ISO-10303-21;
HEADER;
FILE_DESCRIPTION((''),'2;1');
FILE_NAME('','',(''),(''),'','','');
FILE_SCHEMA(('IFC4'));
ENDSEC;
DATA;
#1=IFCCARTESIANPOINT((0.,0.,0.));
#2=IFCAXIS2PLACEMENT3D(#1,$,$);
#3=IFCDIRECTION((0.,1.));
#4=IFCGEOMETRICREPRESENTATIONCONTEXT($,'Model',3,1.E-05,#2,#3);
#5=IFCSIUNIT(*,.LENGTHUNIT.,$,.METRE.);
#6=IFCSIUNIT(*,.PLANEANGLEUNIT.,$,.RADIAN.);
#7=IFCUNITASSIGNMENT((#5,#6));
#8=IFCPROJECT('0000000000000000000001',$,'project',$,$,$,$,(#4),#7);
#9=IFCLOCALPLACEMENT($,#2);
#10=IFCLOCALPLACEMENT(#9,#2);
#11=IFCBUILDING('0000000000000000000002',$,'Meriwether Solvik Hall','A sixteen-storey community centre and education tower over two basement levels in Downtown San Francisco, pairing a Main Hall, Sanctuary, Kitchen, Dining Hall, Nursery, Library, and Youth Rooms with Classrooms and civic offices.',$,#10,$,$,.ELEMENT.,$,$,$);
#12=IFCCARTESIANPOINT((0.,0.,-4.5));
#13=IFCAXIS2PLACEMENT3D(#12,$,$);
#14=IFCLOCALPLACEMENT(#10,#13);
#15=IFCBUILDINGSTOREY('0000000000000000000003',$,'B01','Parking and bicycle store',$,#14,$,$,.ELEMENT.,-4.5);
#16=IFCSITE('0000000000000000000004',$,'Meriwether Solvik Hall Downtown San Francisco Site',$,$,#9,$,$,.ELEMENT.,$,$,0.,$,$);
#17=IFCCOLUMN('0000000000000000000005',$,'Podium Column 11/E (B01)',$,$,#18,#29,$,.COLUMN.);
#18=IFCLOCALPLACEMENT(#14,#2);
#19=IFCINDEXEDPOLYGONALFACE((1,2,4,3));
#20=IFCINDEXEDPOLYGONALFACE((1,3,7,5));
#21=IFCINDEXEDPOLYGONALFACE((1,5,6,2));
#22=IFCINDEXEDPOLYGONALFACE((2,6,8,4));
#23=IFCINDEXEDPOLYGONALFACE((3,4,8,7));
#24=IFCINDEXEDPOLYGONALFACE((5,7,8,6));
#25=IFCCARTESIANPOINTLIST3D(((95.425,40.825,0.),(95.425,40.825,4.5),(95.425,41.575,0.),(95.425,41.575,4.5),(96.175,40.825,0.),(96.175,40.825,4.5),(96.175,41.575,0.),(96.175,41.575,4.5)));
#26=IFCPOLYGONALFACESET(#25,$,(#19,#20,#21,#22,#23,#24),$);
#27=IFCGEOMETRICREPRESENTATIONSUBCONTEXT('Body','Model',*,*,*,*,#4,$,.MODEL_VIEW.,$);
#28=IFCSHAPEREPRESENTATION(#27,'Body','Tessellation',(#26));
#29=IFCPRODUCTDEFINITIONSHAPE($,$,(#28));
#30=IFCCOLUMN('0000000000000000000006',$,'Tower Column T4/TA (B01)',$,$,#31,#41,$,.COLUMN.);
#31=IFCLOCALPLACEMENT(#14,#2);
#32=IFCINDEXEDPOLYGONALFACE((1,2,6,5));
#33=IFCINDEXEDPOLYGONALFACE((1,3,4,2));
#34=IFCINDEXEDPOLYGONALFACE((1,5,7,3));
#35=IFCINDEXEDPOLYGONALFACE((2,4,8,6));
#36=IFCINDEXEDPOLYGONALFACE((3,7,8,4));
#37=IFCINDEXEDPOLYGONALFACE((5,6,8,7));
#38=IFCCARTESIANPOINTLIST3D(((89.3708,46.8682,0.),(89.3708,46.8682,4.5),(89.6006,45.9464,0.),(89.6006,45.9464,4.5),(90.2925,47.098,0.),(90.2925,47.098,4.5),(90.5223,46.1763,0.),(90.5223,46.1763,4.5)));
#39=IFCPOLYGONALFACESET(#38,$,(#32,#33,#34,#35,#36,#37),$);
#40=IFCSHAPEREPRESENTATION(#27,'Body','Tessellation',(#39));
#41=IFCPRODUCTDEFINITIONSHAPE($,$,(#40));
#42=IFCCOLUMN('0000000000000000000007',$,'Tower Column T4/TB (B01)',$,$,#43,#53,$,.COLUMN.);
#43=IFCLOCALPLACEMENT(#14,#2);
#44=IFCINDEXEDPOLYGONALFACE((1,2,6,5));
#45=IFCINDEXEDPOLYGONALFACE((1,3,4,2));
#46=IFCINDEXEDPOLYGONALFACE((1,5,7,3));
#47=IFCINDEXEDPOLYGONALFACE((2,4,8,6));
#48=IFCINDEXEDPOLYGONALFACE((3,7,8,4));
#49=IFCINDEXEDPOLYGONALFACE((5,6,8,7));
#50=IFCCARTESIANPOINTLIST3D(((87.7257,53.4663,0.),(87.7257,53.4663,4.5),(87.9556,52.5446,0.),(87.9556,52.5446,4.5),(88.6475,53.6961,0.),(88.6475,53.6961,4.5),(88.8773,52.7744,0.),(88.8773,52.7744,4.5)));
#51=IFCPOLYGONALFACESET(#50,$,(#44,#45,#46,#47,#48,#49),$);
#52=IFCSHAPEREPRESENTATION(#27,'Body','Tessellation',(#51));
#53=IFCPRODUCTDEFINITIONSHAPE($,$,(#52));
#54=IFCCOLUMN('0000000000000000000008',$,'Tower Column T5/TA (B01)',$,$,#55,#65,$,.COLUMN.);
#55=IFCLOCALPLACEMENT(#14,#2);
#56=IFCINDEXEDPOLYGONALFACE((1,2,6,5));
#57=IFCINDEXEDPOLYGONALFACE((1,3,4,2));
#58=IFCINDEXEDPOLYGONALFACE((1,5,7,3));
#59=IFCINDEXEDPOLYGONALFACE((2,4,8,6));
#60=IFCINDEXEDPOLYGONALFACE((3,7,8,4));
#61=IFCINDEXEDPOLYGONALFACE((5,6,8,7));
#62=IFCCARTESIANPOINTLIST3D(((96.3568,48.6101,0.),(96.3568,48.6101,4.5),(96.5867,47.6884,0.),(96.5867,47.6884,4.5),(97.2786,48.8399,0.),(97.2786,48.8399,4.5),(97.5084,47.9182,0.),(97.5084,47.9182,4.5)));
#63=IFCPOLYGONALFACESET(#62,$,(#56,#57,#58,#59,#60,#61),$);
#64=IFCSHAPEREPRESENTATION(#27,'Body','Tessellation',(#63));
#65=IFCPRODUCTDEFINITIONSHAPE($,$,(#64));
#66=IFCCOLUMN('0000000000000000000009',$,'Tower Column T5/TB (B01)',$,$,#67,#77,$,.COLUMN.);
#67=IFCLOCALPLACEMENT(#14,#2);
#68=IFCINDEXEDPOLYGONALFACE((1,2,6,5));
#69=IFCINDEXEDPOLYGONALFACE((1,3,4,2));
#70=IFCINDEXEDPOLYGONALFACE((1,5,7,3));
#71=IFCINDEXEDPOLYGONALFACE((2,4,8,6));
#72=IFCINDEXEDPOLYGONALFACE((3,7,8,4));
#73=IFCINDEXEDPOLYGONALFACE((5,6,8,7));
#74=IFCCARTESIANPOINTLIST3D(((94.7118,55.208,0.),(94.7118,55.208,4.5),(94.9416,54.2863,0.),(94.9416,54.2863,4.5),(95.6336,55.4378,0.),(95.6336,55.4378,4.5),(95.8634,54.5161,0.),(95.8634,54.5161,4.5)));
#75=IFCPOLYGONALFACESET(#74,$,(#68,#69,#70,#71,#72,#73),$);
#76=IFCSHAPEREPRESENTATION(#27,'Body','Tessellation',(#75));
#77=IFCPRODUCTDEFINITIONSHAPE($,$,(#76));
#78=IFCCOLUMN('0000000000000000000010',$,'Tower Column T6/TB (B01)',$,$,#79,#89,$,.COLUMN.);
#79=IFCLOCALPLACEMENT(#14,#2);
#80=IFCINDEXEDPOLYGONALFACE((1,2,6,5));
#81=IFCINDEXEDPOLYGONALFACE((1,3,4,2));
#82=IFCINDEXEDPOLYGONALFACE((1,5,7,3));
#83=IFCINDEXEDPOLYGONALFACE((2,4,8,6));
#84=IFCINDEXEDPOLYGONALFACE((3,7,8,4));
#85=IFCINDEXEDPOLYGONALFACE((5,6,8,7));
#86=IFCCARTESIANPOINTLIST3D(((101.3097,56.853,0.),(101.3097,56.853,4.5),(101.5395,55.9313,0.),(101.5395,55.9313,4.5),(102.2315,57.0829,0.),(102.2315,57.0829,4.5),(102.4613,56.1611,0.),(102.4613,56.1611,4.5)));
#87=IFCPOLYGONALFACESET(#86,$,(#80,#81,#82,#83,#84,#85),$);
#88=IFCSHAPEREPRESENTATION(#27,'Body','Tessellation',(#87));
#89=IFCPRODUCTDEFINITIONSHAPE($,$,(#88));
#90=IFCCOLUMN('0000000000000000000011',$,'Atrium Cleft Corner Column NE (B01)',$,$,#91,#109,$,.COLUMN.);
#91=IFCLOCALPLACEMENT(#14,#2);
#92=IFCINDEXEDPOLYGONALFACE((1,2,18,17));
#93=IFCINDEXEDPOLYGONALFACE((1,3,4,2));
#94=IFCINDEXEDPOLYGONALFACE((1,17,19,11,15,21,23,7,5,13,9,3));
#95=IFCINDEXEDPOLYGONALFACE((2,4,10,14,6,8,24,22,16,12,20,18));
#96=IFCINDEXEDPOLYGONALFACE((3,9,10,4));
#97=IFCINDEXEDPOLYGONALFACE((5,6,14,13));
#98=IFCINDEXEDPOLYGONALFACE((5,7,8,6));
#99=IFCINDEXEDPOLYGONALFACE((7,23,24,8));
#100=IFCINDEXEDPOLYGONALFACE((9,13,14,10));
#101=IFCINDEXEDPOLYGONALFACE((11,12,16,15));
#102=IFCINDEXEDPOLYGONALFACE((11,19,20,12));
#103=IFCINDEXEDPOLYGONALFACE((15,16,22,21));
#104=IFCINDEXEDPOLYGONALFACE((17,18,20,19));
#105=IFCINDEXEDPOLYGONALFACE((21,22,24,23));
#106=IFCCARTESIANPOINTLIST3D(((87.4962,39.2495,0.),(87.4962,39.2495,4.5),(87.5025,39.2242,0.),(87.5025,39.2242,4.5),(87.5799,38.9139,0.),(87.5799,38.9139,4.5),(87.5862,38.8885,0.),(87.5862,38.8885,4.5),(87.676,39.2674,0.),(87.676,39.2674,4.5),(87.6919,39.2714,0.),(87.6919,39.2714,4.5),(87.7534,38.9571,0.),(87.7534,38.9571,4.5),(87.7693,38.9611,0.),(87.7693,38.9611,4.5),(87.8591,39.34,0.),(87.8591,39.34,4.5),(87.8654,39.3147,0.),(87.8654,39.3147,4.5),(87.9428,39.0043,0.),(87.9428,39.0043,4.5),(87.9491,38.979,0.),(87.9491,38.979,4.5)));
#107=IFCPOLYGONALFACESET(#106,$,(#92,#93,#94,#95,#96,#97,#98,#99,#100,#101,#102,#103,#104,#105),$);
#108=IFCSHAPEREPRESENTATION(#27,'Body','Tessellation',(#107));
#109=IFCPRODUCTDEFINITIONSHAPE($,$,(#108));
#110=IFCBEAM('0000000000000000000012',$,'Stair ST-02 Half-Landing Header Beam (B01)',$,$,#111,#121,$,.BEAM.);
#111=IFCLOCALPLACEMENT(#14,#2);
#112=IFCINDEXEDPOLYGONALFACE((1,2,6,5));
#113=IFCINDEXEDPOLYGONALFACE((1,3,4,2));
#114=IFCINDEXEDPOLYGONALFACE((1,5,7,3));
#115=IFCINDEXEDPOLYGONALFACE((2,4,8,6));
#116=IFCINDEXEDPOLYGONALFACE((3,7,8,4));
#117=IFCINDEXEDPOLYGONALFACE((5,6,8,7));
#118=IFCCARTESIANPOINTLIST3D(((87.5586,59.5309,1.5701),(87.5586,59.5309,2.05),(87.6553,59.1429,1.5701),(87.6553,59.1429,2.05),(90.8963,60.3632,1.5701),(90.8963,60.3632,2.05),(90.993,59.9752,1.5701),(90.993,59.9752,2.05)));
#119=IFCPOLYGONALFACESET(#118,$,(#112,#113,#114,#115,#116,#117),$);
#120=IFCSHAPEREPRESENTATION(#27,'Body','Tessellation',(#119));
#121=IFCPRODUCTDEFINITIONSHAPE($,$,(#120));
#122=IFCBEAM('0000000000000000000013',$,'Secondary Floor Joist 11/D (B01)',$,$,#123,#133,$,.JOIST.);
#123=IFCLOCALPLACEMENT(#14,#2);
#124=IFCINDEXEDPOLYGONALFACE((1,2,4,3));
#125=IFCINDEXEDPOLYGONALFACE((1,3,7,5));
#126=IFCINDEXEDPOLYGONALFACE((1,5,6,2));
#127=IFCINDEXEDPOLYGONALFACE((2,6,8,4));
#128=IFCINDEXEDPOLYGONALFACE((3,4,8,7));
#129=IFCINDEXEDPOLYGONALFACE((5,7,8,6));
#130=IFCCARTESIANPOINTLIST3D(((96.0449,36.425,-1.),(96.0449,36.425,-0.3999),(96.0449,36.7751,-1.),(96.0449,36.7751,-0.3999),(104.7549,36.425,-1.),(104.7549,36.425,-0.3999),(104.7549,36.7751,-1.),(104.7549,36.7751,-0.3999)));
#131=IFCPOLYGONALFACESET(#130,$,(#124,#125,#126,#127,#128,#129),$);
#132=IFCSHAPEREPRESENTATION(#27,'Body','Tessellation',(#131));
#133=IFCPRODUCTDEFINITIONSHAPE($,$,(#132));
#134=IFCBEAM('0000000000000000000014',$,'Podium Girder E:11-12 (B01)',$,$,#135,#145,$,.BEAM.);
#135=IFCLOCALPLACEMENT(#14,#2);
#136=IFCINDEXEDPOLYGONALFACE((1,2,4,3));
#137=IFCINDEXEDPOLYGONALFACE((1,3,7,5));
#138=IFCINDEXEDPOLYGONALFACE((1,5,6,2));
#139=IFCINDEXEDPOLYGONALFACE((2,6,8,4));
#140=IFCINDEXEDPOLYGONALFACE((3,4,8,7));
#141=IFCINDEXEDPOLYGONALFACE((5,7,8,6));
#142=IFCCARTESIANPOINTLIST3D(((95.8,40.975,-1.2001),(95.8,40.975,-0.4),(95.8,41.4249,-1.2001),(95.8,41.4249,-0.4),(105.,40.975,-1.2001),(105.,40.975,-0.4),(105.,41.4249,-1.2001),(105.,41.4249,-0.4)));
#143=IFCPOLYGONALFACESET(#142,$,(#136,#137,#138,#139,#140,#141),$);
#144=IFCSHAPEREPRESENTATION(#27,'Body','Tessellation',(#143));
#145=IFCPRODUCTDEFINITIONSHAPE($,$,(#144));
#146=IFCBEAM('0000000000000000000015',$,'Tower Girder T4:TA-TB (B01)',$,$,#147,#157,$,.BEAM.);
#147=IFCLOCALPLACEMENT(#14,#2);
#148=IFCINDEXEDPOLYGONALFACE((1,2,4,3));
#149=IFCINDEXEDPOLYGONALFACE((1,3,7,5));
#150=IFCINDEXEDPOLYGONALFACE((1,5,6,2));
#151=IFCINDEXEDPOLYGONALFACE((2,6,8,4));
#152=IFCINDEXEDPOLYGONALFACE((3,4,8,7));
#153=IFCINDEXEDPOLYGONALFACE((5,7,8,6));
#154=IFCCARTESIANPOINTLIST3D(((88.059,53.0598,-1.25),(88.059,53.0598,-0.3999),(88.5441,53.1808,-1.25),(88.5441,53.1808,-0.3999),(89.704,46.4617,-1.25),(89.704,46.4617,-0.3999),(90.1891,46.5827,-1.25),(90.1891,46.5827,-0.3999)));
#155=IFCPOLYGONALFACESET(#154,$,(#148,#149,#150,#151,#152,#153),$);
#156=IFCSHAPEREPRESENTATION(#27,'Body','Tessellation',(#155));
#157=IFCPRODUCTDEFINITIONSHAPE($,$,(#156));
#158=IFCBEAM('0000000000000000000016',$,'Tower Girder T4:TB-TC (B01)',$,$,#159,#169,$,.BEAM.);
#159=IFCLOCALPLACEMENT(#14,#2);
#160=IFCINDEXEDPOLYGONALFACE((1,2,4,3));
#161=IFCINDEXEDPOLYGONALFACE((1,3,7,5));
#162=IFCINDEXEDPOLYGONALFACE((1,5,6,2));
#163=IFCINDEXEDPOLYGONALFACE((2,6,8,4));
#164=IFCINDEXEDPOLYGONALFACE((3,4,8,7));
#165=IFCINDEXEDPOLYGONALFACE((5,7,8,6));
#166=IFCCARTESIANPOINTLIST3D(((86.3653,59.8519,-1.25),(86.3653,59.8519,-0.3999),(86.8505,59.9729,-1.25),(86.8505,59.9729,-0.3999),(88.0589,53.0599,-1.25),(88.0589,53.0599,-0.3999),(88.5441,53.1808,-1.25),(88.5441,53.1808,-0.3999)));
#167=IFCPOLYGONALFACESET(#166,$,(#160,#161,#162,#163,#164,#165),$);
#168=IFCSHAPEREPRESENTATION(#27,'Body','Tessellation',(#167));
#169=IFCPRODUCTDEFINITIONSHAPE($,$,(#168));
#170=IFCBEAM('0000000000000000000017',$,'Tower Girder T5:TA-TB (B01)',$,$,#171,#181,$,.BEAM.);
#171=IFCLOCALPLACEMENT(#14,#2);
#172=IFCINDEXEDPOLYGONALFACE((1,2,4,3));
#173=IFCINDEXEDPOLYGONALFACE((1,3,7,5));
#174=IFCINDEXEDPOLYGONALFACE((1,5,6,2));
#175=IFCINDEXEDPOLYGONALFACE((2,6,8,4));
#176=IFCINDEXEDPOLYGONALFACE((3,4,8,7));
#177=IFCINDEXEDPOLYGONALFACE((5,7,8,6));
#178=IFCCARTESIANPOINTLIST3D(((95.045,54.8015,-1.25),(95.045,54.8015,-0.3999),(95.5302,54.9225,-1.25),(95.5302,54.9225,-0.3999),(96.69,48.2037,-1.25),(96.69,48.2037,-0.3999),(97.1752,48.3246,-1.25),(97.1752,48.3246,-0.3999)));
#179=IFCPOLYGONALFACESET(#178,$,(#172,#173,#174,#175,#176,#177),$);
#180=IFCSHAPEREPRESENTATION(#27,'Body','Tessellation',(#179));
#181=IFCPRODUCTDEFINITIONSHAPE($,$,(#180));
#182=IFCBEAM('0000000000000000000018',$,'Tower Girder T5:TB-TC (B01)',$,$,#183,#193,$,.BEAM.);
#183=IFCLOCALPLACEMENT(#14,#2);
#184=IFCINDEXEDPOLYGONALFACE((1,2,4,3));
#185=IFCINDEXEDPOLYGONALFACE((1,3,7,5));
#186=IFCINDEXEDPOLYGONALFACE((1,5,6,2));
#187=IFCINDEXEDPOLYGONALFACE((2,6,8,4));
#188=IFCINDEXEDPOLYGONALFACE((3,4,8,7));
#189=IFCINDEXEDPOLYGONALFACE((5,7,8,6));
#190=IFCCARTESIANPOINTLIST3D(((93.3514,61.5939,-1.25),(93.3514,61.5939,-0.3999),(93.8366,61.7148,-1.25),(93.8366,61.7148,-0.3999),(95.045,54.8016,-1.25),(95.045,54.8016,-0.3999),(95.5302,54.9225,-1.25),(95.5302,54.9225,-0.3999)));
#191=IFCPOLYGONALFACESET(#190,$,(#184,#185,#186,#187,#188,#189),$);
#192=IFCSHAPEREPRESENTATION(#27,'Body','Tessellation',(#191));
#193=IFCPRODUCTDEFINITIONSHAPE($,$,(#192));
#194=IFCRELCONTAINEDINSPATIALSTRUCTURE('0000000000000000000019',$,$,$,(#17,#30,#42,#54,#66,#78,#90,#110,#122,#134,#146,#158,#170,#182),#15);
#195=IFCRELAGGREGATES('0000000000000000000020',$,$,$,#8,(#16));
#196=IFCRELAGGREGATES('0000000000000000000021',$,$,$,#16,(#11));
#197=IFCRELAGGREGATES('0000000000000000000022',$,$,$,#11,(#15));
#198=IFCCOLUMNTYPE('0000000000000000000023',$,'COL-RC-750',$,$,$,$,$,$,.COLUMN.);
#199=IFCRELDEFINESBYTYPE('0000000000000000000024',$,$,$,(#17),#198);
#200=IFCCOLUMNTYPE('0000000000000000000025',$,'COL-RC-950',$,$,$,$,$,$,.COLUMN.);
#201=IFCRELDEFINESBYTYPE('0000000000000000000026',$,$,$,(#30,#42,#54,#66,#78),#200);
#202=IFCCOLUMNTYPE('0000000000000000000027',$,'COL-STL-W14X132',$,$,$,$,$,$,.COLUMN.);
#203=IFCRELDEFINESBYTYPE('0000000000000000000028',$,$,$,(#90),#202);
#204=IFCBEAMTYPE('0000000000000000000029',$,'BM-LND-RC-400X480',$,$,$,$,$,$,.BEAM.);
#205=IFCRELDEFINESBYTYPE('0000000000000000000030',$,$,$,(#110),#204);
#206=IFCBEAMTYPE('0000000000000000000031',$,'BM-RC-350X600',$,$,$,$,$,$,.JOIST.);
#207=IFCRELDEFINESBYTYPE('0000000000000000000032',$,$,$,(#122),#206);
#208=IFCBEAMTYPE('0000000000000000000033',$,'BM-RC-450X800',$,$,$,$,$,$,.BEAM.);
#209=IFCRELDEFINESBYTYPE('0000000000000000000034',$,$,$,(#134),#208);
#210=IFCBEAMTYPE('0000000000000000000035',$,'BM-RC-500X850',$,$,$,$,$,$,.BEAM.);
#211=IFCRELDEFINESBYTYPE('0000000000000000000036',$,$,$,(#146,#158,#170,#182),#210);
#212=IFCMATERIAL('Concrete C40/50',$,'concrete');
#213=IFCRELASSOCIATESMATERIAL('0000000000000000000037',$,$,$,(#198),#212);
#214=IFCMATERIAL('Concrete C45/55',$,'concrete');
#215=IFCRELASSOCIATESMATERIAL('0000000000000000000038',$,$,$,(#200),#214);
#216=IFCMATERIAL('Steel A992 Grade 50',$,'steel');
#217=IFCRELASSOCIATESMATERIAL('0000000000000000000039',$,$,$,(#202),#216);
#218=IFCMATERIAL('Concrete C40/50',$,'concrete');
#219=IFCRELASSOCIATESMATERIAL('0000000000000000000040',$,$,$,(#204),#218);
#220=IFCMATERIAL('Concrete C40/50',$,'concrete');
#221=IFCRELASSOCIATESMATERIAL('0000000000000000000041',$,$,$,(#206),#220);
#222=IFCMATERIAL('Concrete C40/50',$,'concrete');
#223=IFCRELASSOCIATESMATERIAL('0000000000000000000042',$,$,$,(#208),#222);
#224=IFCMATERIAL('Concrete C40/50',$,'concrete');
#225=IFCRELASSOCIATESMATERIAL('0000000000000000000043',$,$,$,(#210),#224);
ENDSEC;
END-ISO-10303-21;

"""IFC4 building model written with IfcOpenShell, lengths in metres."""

from ifc_helpers import new_model, si_unit, direction, frame, origin, origin_2d, place, context, subcontext, project, spatial, rectangle, i_section, extrude, material, material_profile, profile_set, type_object, element, save


model = new_model("IFC4")

# Units and contexts
model_context = context("Model", 3, precision=1e-05, world=origin(), true_north=direction((0.0, 1.0)))
body_context = subcontext(model_context, "Body", "Model", "MODEL_VIEW")
ifc_project = project(units=[si_unit("LENGTHUNIT", "METRE"), si_unit("PLANEANGLEUNIT", "RADIAN")], contexts=[model_context])

# Site, building, storey
site_placement = place(None, origin())
site = spatial("IfcSite", under=ifc_project, at=site_placement, Name="Meriwether Solvik Hall Downtown San Francisco Site", CompositionType="ELEMENT", RefElevation=0.0)
building_placement = place(site_placement, origin())
building = spatial("IfcBuilding", under=site, at=building_placement, Name="Meriwether Solvik Hall", Description="A sixteen-storey community centre and education tower over two basement levels in Downtown San Francisco, pairing a Main Hall, Sanctuary, Kitchen, Dining Hall, Nursery, Library, and Youth Rooms with Classrooms and civic offices.", CompositionType="ELEMENT")
storey_placement = place(building_placement, frame((0.0, 0.0, -4.5)))
storey = spatial("IfcBuildingStorey", under=building, at=storey_placement, Name="B01", Description="Parking and bicycle store", CompositionType="ELEMENT", Elevation=-4.5)

# Columns
ifc_material_1 = material(Name="Concrete C40/50", Category="concrete")
ifc_material_profile_1 = material_profile(ifc_material_1, rectangle(XDim=0.75, YDim=0.75, at=origin_2d()), Name="RCC-750X750")
ifc_profile_set_1 = profile_set([ifc_material_profile_1], Name="Concrete C40/50")
column_type_1 = type_object("IfcColumnType", Name="COL-RC-750", PredefinedType="COLUMN", material=ifc_profile_set_1)
column_1_placement = place(storey_placement, frame((95.8, 41.2, 0.0), z_axis=(0.0, 0.0, 1.0), x_axis=(1.0, 0.0, 0.0)))
element("IfcColumn", 1, at=column_1_placement, inside=storey, type_object=column_type_1, Name="Podium Column 11/E (B01)", PredefinedType="COLUMN", context=body_context, shape_type="SweptSolid", body=[
    extrude(rectangle(XDim=0.75, YDim=0.75, at=origin_2d()), origin(), (0.0, 0.0, 1.0), 4.5),
])
ifc_material_2 = material(Name="Concrete C45/55", Category="concrete")
ifc_material_profile_2 = material_profile(ifc_material_2, rectangle(XDim=0.95, YDim=0.95, at=origin_2d()), Name="RCC-950X950")
ifc_profile_set_2 = profile_set([ifc_material_profile_2], Name="Concrete C45/55")
column_type_2 = type_object("IfcColumnType", Name="COL-RC-950", PredefinedType="COLUMN", material=ifc_profile_set_2)
for number, where, z_axis, x_axis, name in (
    (2, (89.9465, 46.5222, 0.0), (0.0, 0.0, 1.0), (0.970296, 0.241922, 0.0), "Tower Column T4/TA (B01)"),
    (3, (88.3015, 53.1204, 0.0), (0.0, 0.0, 1.0), (0.970296, 0.241922, 0.0), "Tower Column T4/TB (B01)"),
    (4, (96.9326, 48.2642, 0.0), (0.0, 0.0, 1.0), (0.970296, 0.241922, 0.0), "Tower Column T5/TA (B01)"),
    (5, (95.2876, 54.8621, 0.0), (0.0, 0.0, 1.0), (0.970296, 0.241922, 0.0), "Tower Column T5/TB (B01)"),
    (6, (101.8855, 56.5071, 0.0), (0.0, 0.0, 1.0), (0.970296, 0.241922, 0.0), "Tower Column T6/TB (B01)"),
):
    element("IfcColumn", number, at=place(storey_placement, frame(where, z_axis=z_axis, x_axis=x_axis)), inside=storey, type_object=column_type_2, Name=name, PredefinedType="COLUMN", context=body_context, shape_type="SweptSolid", body=[
        extrude(rectangle(XDim=0.95, YDim=0.95, at=origin_2d()), origin(), (0.0, 0.0, 1.0), 4.5),
    ])
ifc_material_3 = material(Name="Steel A992 Grade 50", Category="steel")
ifc_material_profile_3 = material_profile(ifc_material_3, i_section(OverallWidth=0.374, OverallDepth=0.3721, WebThickness=0.0164, FlangeThickness=0.0261, at=origin_2d()), Name="W14X132")
ifc_profile_set_3 = profile_set([ifc_material_profile_3], Name="Steel A992 Grade 50")
column_type_3 = type_object("IfcColumnType", Name="COL-STL-W14X132", PredefinedType="COLUMN", material=ifc_profile_set_3)
column_2_placement = place(storey_placement, frame((87.7227, 39.1143, 0.0), z_axis=(0.0, 0.0, 1.0), x_axis=(0.970296, 0.241922, 0.0)))
element("IfcColumn", 7, at=column_2_placement, inside=storey, type_object=column_type_3, Name="Atrium Cleft Corner Column NE (B01)", PredefinedType="COLUMN", context=body_context, shape_type="SweptSolid", body=[
    extrude(i_section(OverallWidth=0.374, OverallDepth=0.3721, WebThickness=0.0164, FlangeThickness=0.0261, at=origin_2d()), origin(), (0.0, 0.0, 1.0), 4.5),
])

# Beams
ifc_material_4 = material(Name="Concrete C40/50", Category="concrete")
ifc_material_profile_4 = material_profile(ifc_material_4, rectangle(XDim=0.3999, YDim=0.48, at=origin_2d()), Name="RCB-400X480")
ifc_profile_set_4 = profile_set([ifc_material_profile_4], Name="Concrete C40/50")
beam_type_1 = type_object("IfcBeamType", Name="BM-LND-RC-400X480", PredefinedType="BEAM", material=ifc_profile_set_4)
beam_1_placement = place(storey_placement, frame((87.6069, 59.3369, 1.8101), z_axis=(0.970288, 0.241951, 0.0), x_axis=(-0.241951, 0.970288, 0.0)))
element("IfcBeam", 8, at=beam_1_placement, inside=storey, type_object=beam_type_1, Name="Stair ST-02 Half-Landing Header Beam (B01)", PredefinedType="BEAM", context=body_context, shape_type="SweptSolid", body=[
    extrude(rectangle(XDim=0.3999, YDim=0.48, at=origin_2d()), origin(), (0.0, 0.0, 1.0), 3.4399),
])
ifc_material_5 = material(Name="Concrete C40/50", Category="concrete")
ifc_material_profile_5 = material_profile(ifc_material_5, rectangle(XDim=0.3501, YDim=0.6001, at=origin_2d()), Name="RCB-350X600")
ifc_profile_set_5 = profile_set([ifc_material_profile_5], Name="Concrete C40/50")
beam_type_2 = type_object("IfcBeamType", Name="BM-RC-350X600", PredefinedType="JOIST", material=ifc_profile_set_5)
beam_2_placement = place(storey_placement, frame((96.0449, 36.6001, -0.7), z_axis=(1.0, 0.0, 0.0), x_axis=(0.0, 1.0, 0.0)))
element("IfcBeam", 9, at=beam_2_placement, inside=storey, type_object=beam_type_2, Name="Secondary Floor Joist 11/D (B01)", PredefinedType="JOIST", context=body_context, shape_type="SweptSolid", body=[
    extrude(rectangle(XDim=0.3501, YDim=0.6001, at=origin_2d()), origin(), (0.0, 0.0, 1.0), 8.71),
])
ifc_material_6 = material(Name="Concrete C40/50", Category="concrete")
ifc_material_profile_6 = material_profile(ifc_material_6, rectangle(XDim=0.45, YDim=0.8, at=origin_2d()), Name="RCB-450X800")
ifc_profile_set_6 = profile_set([ifc_material_profile_6], Name="Concrete C40/50")
beam_type_3 = type_object("IfcBeamType", Name="BM-RC-450X800", PredefinedType="BEAM", material=ifc_profile_set_6)
beam_3_placement = place(storey_placement, frame((95.8, 41.2, -0.8), z_axis=(1.0, 0.0, 0.0), x_axis=(0.0, 1.0, 0.0)))
element("IfcBeam", 10, at=beam_3_placement, inside=storey, type_object=beam_type_3, Name="Podium Girder E:11-12 (B01)", PredefinedType="BEAM", context=body_context, shape_type="SweptSolid", body=[
    extrude(rectangle(XDim=0.45, YDim=0.8, at=origin_2d()), origin(), (0.0, 0.0, 1.0), 9.2),
])
ifc_material_7 = material(Name="Concrete C40/50", Category="concrete")
ifc_material_profile_7 = material_profile(ifc_material_7, rectangle(XDim=0.5, YDim=0.8501, at=origin_2d()), Name="RCB-500X850")
ifc_profile_set_7 = profile_set([ifc_material_profile_7], Name="Concrete C40/50")
beam_type_4 = type_object("IfcBeamType", Name="BM-RC-500X850", PredefinedType="BEAM", material=ifc_profile_set_7)
beam_4_placement = place(storey_placement, frame((89.9465, 46.5222, -0.825), z_axis=(-0.24191, 0.970299, 0.0), x_axis=(-0.970299, -0.24191, 0.0)))
element("IfcBeam", 11, at=beam_4_placement, inside=storey, type_object=beam_type_4, Name="Tower Girder T4:TA-TB (B01)", PredefinedType="BEAM", context=body_context, shape_type="SweptSolid", body=[
    extrude(rectangle(XDim=0.5, YDim=0.8501, at=origin_2d()), origin(), (0.0, 0.0, 1.0), 6.8),
])
beam_5_placement = place(storey_placement, frame((88.3015, 53.1204, -0.825), z_axis=(-0.241945, 0.97029, 0.0), x_axis=(-0.97029, -0.241945, 0.0)))
element("IfcBeam", 12, at=beam_5_placement, inside=storey, type_object=beam_type_4, Name="Tower Girder T4:TB-TC (B01)", PredefinedType="BEAM", context=body_context, shape_type="SweptSolid", body=[
    extrude(rectangle(XDim=0.5, YDim=0.8501, at=origin_2d()), origin(), (0.0, 0.0, 1.0), 7.0),
])
beam_6_placement = place(storey_placement, frame((96.9326, 48.2642, -0.825), z_axis=(-0.241919, 0.970296, 0.0), x_axis=(-0.970296, -0.241919, 0.0)))
element("IfcBeam", 13, at=beam_6_placement, inside=storey, type_object=beam_type_4, Name="Tower Girder T5:TA-TB (B01)", PredefinedType="BEAM", context=body_context, shape_type="SweptSolid", body=[
    extrude(rectangle(XDim=0.5, YDim=0.8501, at=origin_2d()), origin(), (0.0, 0.0, 1.0), 6.7998),
])
beam_7_placement = place(storey_placement, frame((95.2876, 54.8621, -0.825), z_axis=(-0.241937, 0.970292, 0.0), x_axis=(-0.970292, -0.241937, 0.0)))
element("IfcBeam", 14, at=beam_7_placement, inside=storey, type_object=beam_type_4, Name="Tower Girder T5:TB-TC (B01)", PredefinedType="BEAM", context=body_context, shape_type="SweptSolid", body=[
    extrude(rectangle(XDim=0.5, YDim=0.8501, at=origin_2d()), origin(), (0.0, 0.0, 1.0), 7.0002),
])

save(model, "model.ifc")
